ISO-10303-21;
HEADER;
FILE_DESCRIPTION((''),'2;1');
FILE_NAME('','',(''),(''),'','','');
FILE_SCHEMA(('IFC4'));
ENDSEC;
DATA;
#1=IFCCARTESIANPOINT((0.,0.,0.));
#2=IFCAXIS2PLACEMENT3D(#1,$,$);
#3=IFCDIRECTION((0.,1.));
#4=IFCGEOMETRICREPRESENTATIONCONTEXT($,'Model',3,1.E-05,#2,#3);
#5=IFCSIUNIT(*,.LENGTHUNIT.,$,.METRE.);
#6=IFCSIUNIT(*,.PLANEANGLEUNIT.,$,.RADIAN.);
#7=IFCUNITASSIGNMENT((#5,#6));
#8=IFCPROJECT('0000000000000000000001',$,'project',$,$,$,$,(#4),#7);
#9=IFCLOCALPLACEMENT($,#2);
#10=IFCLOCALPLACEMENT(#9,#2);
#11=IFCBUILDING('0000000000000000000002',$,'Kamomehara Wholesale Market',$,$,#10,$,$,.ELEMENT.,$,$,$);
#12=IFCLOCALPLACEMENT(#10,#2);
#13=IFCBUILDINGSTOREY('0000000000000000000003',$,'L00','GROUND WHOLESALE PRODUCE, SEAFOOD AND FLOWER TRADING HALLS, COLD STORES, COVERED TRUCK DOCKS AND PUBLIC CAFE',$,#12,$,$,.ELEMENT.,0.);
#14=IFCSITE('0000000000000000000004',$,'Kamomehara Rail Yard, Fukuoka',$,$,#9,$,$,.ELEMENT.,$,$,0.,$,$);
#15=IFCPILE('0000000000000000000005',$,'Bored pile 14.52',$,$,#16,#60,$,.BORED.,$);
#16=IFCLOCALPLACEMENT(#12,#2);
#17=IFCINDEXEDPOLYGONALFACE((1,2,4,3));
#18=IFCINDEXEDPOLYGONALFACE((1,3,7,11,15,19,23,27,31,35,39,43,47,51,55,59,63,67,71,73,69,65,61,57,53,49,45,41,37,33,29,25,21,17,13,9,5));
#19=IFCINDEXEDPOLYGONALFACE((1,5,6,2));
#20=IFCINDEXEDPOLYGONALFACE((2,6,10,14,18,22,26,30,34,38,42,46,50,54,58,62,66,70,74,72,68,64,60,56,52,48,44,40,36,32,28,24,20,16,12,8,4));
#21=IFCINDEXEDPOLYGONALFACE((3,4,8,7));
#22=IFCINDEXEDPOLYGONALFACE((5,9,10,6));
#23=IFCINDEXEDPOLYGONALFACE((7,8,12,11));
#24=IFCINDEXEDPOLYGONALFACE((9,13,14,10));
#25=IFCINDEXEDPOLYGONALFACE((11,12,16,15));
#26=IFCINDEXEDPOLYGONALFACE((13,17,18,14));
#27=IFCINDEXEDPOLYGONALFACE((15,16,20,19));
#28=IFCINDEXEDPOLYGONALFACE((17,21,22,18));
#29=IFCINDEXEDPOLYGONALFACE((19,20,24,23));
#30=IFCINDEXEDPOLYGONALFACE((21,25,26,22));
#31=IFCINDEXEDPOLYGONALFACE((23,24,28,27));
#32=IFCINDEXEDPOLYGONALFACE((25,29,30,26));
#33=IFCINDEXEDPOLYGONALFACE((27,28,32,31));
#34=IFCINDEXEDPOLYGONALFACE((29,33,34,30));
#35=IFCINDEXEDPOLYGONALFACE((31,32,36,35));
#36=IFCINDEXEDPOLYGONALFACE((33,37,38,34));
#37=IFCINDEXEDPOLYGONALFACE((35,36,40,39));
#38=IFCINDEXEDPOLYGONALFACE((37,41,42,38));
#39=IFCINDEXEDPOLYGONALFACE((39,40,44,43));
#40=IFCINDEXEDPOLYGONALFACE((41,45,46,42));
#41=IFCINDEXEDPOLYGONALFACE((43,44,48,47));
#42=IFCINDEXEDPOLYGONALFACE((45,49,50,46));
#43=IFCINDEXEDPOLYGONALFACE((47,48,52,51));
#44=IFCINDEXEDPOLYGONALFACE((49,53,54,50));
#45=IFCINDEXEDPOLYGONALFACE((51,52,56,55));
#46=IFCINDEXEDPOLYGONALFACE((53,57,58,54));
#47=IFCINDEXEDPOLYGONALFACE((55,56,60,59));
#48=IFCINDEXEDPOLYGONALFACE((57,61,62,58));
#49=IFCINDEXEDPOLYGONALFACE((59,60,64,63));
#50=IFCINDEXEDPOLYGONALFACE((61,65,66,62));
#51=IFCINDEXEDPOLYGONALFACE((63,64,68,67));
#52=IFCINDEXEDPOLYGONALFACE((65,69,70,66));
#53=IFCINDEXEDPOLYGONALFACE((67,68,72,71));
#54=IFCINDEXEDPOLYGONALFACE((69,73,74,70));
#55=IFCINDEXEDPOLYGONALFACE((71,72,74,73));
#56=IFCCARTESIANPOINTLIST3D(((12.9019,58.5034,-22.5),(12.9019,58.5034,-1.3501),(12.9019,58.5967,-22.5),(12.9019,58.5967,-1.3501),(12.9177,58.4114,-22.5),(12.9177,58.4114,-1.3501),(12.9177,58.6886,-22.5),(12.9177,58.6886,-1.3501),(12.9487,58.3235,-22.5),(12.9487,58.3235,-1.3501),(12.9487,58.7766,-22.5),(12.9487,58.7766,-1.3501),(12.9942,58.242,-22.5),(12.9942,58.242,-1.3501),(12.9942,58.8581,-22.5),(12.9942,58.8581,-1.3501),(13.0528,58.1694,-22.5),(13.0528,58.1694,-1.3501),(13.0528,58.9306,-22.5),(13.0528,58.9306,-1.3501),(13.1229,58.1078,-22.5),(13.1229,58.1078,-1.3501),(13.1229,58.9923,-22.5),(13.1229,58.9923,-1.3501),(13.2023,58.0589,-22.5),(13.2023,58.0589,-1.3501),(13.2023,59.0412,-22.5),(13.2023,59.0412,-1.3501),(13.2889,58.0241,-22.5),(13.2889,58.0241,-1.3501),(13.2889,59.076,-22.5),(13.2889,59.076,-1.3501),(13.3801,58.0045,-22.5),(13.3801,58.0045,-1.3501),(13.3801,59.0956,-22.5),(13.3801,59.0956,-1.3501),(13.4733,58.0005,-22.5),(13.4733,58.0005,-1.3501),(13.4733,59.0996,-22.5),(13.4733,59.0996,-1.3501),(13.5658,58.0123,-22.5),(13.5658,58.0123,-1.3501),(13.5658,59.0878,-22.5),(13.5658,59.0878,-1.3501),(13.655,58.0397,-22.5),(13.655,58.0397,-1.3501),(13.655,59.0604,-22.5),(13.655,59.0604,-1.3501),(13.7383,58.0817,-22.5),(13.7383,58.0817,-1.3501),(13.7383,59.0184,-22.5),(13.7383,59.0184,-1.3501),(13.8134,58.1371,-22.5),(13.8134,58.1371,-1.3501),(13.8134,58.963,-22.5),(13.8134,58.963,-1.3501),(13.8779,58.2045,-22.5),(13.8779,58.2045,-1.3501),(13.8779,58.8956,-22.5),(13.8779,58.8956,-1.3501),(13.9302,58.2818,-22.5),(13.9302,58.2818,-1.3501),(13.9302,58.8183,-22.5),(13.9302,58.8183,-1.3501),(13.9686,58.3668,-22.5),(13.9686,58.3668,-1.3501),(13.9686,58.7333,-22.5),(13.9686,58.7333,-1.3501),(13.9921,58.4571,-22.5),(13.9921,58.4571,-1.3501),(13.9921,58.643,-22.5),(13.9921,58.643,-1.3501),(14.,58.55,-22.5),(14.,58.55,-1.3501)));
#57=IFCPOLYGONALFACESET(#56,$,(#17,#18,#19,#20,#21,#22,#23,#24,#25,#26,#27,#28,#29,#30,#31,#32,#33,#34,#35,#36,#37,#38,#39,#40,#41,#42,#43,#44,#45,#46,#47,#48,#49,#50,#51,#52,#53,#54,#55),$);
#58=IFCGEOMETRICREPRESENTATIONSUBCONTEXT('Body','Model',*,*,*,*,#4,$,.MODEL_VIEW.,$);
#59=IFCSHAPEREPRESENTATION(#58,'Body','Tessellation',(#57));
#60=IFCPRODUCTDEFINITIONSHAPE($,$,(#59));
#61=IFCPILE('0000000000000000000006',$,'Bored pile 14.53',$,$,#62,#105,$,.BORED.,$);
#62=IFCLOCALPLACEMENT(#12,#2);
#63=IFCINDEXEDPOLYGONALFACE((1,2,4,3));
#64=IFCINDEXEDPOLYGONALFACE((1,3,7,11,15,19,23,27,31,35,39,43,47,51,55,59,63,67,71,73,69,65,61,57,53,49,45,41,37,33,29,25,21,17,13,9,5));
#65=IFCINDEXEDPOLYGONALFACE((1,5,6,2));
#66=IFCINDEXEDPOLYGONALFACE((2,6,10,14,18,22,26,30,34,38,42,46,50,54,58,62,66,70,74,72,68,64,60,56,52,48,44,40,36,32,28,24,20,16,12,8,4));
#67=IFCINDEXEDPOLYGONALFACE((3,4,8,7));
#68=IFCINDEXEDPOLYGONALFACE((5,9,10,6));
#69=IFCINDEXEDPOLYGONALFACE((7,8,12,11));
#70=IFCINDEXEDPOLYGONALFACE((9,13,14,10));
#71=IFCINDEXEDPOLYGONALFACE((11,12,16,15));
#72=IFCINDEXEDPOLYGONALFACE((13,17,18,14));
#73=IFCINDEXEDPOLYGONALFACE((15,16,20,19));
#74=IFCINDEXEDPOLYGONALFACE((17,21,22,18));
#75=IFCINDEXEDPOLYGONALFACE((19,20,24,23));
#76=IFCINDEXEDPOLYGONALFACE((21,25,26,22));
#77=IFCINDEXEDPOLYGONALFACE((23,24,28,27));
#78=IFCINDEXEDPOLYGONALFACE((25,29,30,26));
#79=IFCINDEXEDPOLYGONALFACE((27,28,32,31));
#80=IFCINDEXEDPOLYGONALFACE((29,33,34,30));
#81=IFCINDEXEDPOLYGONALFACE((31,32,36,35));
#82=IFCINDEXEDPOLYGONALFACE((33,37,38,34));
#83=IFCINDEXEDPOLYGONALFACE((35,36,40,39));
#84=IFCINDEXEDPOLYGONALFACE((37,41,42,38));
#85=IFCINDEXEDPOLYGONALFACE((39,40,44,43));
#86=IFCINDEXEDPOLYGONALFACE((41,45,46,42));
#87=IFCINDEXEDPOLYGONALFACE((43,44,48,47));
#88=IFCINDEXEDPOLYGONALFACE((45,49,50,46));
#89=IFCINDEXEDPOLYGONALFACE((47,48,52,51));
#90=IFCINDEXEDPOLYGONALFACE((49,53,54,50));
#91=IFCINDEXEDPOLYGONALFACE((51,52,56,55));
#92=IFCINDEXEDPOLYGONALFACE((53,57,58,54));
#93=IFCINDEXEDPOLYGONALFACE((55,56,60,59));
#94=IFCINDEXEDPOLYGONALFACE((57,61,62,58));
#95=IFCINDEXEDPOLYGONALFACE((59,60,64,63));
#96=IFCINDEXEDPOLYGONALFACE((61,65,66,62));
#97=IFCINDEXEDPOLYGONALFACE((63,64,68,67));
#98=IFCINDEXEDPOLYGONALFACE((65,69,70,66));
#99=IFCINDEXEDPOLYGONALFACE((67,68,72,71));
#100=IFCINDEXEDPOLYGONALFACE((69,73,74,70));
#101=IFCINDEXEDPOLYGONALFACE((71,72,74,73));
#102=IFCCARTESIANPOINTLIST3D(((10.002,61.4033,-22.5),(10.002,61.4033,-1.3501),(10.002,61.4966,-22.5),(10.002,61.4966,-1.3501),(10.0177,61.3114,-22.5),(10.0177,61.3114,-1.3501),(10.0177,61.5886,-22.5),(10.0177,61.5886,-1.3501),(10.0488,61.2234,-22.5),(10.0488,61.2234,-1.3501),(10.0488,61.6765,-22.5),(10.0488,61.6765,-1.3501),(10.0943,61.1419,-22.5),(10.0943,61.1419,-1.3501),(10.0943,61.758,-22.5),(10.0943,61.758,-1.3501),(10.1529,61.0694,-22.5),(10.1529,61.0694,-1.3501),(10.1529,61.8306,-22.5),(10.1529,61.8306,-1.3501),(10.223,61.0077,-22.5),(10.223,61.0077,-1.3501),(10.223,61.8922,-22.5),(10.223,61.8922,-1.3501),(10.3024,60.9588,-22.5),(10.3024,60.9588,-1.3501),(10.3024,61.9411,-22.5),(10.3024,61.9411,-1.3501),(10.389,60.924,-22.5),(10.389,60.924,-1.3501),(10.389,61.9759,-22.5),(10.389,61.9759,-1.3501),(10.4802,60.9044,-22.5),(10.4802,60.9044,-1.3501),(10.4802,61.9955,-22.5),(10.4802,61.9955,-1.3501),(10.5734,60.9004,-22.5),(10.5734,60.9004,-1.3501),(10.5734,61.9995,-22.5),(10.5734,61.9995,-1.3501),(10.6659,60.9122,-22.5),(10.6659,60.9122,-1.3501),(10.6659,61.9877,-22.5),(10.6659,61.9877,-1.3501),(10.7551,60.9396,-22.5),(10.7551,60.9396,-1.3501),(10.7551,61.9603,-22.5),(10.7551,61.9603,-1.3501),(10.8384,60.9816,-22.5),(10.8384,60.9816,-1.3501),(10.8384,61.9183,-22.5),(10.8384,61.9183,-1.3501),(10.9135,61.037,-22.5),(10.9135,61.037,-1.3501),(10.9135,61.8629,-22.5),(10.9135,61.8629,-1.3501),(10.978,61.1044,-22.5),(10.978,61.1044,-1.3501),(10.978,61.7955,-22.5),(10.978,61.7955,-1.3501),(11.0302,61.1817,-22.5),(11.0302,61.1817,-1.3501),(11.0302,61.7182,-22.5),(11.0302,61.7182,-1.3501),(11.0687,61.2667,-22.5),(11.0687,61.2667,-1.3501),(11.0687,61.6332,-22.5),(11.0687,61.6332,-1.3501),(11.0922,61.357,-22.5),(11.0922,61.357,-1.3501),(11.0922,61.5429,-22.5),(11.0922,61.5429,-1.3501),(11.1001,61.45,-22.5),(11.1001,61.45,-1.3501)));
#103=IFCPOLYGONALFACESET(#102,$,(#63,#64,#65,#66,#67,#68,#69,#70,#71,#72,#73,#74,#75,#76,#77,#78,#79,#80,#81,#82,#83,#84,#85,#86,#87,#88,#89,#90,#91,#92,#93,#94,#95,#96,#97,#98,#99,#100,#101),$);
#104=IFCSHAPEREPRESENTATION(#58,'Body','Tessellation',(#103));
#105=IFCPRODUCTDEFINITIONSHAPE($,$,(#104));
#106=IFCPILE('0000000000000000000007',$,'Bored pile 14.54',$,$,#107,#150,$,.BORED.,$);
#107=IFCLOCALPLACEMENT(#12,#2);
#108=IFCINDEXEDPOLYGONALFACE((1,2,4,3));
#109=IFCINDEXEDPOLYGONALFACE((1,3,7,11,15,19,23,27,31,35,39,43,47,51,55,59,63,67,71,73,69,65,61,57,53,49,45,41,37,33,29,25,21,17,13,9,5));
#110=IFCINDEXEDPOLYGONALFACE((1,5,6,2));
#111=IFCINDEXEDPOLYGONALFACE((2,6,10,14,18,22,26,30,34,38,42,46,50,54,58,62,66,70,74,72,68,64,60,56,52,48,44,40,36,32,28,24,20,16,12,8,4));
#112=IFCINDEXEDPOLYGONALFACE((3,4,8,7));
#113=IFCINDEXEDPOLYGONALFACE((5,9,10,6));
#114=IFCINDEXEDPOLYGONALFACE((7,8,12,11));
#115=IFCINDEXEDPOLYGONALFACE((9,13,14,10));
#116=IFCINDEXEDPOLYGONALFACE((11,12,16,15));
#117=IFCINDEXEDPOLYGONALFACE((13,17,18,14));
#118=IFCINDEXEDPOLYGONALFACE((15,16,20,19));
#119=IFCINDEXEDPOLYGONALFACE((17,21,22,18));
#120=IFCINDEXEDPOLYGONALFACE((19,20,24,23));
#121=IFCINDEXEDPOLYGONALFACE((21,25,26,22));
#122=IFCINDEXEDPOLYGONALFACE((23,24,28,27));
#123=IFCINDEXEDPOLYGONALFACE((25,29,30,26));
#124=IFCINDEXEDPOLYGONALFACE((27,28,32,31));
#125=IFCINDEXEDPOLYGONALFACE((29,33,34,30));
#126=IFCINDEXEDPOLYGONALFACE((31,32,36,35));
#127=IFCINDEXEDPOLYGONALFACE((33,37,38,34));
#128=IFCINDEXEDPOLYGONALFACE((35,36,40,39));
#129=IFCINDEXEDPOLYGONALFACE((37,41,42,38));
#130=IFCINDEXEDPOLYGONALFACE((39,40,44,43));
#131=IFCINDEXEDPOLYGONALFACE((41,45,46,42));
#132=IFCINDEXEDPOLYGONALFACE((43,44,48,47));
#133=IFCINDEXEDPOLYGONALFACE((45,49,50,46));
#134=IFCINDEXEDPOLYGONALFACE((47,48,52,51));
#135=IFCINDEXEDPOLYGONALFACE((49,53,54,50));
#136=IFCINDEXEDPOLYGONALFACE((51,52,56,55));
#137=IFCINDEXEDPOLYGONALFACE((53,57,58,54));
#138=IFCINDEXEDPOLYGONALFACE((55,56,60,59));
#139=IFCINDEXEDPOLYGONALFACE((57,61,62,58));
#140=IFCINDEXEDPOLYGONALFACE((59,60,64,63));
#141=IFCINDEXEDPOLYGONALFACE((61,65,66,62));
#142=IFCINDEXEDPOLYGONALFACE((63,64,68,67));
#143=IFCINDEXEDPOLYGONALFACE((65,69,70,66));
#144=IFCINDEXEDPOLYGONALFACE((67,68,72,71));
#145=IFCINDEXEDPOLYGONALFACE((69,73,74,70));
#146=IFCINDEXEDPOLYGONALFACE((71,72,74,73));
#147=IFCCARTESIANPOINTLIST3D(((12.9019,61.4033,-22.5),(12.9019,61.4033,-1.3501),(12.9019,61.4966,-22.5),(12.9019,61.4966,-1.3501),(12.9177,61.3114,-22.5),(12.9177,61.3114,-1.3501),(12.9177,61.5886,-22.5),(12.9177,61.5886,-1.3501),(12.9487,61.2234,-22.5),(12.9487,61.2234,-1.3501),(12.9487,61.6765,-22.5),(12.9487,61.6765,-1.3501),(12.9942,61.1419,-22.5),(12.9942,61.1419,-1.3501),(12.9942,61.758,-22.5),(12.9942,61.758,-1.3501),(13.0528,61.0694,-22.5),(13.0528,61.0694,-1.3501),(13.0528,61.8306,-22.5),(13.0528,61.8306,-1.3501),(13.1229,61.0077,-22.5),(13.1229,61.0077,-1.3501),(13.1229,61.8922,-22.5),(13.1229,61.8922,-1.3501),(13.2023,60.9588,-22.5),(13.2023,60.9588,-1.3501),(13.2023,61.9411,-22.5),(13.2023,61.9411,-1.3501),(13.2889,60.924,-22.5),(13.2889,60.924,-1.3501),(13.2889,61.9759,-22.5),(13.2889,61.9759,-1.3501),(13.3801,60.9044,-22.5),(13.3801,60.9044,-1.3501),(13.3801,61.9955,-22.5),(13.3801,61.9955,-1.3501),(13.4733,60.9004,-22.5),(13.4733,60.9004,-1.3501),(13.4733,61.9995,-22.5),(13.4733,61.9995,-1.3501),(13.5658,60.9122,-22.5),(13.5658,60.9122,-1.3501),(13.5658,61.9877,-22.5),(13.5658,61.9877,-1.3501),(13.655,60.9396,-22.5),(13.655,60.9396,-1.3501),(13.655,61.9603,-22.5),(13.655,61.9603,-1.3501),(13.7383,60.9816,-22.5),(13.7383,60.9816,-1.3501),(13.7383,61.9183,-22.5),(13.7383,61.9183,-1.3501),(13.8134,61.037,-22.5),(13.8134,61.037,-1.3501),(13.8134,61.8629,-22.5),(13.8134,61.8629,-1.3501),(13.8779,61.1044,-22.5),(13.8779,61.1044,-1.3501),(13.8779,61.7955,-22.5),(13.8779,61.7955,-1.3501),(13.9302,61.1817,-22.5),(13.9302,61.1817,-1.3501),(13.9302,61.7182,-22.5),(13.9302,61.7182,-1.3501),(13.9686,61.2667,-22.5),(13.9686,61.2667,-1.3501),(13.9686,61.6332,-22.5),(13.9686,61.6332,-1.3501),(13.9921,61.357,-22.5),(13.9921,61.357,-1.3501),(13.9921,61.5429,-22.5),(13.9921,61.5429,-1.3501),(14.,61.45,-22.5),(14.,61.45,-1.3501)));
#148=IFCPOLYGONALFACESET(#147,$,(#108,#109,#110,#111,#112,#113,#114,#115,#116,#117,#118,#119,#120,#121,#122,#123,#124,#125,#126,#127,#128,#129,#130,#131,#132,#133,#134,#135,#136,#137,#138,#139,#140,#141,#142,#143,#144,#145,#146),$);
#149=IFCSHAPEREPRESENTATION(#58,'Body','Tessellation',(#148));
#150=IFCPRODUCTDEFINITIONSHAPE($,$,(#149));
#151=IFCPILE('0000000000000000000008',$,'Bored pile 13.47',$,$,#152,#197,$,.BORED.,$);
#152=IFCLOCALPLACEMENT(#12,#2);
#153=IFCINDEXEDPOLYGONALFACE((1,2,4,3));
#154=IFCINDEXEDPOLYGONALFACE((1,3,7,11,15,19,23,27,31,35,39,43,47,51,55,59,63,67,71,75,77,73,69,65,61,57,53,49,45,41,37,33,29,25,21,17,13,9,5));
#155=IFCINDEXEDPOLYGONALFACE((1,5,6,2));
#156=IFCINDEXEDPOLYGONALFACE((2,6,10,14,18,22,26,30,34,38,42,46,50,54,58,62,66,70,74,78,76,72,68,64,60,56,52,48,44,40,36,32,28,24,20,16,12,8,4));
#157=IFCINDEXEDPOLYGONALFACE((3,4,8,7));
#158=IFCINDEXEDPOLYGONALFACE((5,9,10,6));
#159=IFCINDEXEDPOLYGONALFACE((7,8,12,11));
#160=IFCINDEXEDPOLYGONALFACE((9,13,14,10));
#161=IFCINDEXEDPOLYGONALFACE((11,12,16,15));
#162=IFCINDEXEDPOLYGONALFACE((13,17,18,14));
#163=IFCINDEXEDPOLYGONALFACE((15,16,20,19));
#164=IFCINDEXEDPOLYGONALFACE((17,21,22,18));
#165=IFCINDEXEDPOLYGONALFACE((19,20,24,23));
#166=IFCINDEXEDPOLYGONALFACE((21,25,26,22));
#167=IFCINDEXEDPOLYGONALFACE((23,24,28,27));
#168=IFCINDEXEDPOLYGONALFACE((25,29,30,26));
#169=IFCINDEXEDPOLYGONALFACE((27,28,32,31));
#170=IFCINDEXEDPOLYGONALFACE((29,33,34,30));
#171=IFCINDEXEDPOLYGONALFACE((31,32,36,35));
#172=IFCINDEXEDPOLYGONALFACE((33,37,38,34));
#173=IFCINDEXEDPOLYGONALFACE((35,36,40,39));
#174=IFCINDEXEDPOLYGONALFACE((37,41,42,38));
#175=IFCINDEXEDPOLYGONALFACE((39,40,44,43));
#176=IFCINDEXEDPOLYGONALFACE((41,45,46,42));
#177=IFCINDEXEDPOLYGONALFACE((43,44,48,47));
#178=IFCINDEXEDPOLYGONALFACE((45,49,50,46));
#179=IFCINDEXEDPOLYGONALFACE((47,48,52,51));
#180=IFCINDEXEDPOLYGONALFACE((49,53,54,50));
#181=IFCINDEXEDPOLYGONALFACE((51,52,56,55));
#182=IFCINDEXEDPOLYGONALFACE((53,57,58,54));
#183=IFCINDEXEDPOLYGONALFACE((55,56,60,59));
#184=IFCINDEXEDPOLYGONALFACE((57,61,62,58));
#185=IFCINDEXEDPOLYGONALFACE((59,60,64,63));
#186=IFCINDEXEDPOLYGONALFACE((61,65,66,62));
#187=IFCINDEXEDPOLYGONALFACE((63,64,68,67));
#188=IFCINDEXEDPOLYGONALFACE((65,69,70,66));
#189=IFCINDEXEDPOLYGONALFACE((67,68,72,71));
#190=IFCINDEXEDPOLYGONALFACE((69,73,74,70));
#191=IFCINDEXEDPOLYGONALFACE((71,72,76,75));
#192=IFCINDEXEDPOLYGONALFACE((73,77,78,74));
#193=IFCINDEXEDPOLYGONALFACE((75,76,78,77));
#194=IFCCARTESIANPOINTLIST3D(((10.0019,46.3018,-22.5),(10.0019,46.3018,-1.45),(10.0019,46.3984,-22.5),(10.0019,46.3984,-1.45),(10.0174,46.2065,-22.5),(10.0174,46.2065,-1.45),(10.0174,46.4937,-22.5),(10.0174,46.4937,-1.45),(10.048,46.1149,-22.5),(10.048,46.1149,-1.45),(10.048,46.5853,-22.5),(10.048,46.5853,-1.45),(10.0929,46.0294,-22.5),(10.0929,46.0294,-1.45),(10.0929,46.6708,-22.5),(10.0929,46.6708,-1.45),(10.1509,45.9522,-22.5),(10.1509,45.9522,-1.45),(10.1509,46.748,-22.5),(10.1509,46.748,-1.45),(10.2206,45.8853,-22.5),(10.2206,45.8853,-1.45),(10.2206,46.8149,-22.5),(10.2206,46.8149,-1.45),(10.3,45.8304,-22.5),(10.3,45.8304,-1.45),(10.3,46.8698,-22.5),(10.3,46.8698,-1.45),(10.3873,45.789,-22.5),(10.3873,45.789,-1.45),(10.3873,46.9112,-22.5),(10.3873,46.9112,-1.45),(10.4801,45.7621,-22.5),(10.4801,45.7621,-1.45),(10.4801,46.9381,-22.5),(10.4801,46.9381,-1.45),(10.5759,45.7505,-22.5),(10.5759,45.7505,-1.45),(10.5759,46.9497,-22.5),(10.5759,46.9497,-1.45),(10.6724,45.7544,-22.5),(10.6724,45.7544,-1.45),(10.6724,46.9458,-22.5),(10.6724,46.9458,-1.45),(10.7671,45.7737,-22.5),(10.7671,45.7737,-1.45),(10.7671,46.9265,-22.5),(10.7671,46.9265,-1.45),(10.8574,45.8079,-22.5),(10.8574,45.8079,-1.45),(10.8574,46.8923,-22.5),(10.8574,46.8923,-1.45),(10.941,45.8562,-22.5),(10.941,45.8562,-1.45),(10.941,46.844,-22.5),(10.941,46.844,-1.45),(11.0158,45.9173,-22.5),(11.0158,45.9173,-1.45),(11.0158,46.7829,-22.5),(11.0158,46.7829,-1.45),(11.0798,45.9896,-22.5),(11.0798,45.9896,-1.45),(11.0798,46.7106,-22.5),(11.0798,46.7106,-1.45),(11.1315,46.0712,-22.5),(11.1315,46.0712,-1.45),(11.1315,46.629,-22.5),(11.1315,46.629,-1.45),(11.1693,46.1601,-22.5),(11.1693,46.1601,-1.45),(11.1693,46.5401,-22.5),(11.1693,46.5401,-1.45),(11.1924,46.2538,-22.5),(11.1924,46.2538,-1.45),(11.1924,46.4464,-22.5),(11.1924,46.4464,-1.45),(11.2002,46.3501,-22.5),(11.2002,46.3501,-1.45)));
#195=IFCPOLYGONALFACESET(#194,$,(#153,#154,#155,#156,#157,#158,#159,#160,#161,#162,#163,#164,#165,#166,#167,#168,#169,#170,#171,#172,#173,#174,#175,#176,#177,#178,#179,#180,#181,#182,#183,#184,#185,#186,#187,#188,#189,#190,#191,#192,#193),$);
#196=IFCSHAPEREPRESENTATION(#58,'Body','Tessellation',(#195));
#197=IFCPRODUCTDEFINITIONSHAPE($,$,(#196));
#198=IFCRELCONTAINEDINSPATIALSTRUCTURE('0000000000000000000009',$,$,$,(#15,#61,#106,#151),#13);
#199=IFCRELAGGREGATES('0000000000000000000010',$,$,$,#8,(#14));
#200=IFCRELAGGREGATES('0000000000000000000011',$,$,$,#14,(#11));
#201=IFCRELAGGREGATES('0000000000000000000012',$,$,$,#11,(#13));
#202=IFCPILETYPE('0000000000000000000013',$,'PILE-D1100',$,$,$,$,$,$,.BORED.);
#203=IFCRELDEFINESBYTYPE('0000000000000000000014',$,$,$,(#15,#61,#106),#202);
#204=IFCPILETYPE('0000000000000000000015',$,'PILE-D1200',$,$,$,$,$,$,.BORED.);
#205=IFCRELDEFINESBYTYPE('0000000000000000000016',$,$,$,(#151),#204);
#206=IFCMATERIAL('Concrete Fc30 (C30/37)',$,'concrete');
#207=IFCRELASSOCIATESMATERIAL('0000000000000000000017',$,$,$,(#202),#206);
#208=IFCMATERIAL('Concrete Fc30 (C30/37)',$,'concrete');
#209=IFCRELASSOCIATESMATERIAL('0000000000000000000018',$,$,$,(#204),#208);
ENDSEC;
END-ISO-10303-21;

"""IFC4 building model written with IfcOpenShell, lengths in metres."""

from ifc_helpers import new_model, si_unit, direction, frame, origin, origin_2d, place, context, subcontext, project, spatial, circle, extrude, material, material_profile, profile_set, type_object, element, save


model = new_model("IFC4")

# Units and contexts
model_context = context("Model", 3, precision=1e-05, world=origin(), true_north=direction((0.0, 1.0)))
body_context = subcontext(model_context, "Body", "Model", "MODEL_VIEW")
ifc_project = project(units=[si_unit("LENGTHUNIT", "METRE"), si_unit("PLANEANGLEUNIT", "RADIAN")], contexts=[model_context])

# Site, building, storey
site_placement = place(None, origin())
site = spatial("IfcSite", under=ifc_project, at=site_placement, Name="Kamomehara Rail Yard, Fukuoka", CompositionType="ELEMENT", RefElevation=0.0)
building_placement = place(site_placement, origin())
building = spatial("IfcBuilding", under=site, at=building_placement, Name="Kamomehara Wholesale Market", CompositionType="ELEMENT")
storey_placement = place(building_placement, origin())
storey = spatial("IfcBuildingStorey", under=building, at=storey_placement, Name="L00", Description="GROUND WHOLESALE PRODUCE, SEAFOOD AND FLOWER TRADING HALLS, COLD STORES, COVERED TRUCK DOCKS AND PUBLIC CAFE", CompositionType="ELEMENT", Elevation=0.0)

# Piles
ifc_material_1 = material(Name="Concrete Fc30 (C30/37)", Category="concrete")
ifc_material_profile_1 = material_profile(ifc_material_1, circle(Radius=0.55, at=origin_2d()), Name="RC-PILE-D1100")
ifc_profile_set_1 = profile_set([ifc_material_profile_1], Name="Concrete Fc30 (C30/37)")
pile_type_1 = type_object("IfcPileType", Name="PILE-D1100", PredefinedType="BORED", material=ifc_profile_set_1)
for number, where, z_axis, x_axis, name in (
    (1, (13.45, 58.55, -1.3501), (0.0, 0.0, -1.0), (1.0, 0.0, 0.0), "Bored pile 14.52"),
    (2, (10.55, 61.45, -1.3501), (0.0, 0.0, -1.0), (1.0, 0.0, 0.0), "Bored pile 14.53"),
    (3, (13.45, 61.45, -1.3501), (0.0, 0.0, -1.0), (1.0, 0.0, 0.0), "Bored pile 14.54"),
):
    element("IfcPile", number, at=place(storey_placement, frame(where, z_axis=z_axis, x_axis=x_axis)), inside=storey, type_object=pile_type_1, Name=name, PredefinedType="BORED", context=body_context, shape_type="SweptSolid", body=[
        extrude(circle(Radius=0.55, at=origin_2d()), origin(), (0.0, 0.0, 1.0), 21.1499),
    ])
ifc_material_2 = material(Name="Concrete Fc30 (C30/37)", Category="concrete")
ifc_material_profile_2 = material_profile(ifc_material_2, circle(Radius=0.6001, at=origin_2d()), Name="RC-PILE-D1200")
ifc_profile_set_2 = profile_set([ifc_material_profile_2], Name="Concrete Fc30 (C30/37)")
pile_type_2 = type_object("IfcPileType", Name="PILE-D1200", PredefinedType="BORED", material=ifc_profile_set_2)
for number, where, z_axis, x_axis, name in (
    (4, (10.6001, 46.3501, -1.45), (0.0, 0.0, -1.0), (1.0, 0.0, 0.0), "Bored pile 13.47"),
):
    element("IfcPile", number, at=place(storey_placement, frame(where, z_axis=z_axis, x_axis=x_axis)), inside=storey, type_object=pile_type_2, Name=name, PredefinedType="BORED", context=body_context, shape_type="SweptSolid", body=[
        extrude(circle(Radius=0.6001, at=origin_2d()), origin(), (0.0, 0.0, 1.0), 21.05),
    ])

save(model, "model.ifc")
